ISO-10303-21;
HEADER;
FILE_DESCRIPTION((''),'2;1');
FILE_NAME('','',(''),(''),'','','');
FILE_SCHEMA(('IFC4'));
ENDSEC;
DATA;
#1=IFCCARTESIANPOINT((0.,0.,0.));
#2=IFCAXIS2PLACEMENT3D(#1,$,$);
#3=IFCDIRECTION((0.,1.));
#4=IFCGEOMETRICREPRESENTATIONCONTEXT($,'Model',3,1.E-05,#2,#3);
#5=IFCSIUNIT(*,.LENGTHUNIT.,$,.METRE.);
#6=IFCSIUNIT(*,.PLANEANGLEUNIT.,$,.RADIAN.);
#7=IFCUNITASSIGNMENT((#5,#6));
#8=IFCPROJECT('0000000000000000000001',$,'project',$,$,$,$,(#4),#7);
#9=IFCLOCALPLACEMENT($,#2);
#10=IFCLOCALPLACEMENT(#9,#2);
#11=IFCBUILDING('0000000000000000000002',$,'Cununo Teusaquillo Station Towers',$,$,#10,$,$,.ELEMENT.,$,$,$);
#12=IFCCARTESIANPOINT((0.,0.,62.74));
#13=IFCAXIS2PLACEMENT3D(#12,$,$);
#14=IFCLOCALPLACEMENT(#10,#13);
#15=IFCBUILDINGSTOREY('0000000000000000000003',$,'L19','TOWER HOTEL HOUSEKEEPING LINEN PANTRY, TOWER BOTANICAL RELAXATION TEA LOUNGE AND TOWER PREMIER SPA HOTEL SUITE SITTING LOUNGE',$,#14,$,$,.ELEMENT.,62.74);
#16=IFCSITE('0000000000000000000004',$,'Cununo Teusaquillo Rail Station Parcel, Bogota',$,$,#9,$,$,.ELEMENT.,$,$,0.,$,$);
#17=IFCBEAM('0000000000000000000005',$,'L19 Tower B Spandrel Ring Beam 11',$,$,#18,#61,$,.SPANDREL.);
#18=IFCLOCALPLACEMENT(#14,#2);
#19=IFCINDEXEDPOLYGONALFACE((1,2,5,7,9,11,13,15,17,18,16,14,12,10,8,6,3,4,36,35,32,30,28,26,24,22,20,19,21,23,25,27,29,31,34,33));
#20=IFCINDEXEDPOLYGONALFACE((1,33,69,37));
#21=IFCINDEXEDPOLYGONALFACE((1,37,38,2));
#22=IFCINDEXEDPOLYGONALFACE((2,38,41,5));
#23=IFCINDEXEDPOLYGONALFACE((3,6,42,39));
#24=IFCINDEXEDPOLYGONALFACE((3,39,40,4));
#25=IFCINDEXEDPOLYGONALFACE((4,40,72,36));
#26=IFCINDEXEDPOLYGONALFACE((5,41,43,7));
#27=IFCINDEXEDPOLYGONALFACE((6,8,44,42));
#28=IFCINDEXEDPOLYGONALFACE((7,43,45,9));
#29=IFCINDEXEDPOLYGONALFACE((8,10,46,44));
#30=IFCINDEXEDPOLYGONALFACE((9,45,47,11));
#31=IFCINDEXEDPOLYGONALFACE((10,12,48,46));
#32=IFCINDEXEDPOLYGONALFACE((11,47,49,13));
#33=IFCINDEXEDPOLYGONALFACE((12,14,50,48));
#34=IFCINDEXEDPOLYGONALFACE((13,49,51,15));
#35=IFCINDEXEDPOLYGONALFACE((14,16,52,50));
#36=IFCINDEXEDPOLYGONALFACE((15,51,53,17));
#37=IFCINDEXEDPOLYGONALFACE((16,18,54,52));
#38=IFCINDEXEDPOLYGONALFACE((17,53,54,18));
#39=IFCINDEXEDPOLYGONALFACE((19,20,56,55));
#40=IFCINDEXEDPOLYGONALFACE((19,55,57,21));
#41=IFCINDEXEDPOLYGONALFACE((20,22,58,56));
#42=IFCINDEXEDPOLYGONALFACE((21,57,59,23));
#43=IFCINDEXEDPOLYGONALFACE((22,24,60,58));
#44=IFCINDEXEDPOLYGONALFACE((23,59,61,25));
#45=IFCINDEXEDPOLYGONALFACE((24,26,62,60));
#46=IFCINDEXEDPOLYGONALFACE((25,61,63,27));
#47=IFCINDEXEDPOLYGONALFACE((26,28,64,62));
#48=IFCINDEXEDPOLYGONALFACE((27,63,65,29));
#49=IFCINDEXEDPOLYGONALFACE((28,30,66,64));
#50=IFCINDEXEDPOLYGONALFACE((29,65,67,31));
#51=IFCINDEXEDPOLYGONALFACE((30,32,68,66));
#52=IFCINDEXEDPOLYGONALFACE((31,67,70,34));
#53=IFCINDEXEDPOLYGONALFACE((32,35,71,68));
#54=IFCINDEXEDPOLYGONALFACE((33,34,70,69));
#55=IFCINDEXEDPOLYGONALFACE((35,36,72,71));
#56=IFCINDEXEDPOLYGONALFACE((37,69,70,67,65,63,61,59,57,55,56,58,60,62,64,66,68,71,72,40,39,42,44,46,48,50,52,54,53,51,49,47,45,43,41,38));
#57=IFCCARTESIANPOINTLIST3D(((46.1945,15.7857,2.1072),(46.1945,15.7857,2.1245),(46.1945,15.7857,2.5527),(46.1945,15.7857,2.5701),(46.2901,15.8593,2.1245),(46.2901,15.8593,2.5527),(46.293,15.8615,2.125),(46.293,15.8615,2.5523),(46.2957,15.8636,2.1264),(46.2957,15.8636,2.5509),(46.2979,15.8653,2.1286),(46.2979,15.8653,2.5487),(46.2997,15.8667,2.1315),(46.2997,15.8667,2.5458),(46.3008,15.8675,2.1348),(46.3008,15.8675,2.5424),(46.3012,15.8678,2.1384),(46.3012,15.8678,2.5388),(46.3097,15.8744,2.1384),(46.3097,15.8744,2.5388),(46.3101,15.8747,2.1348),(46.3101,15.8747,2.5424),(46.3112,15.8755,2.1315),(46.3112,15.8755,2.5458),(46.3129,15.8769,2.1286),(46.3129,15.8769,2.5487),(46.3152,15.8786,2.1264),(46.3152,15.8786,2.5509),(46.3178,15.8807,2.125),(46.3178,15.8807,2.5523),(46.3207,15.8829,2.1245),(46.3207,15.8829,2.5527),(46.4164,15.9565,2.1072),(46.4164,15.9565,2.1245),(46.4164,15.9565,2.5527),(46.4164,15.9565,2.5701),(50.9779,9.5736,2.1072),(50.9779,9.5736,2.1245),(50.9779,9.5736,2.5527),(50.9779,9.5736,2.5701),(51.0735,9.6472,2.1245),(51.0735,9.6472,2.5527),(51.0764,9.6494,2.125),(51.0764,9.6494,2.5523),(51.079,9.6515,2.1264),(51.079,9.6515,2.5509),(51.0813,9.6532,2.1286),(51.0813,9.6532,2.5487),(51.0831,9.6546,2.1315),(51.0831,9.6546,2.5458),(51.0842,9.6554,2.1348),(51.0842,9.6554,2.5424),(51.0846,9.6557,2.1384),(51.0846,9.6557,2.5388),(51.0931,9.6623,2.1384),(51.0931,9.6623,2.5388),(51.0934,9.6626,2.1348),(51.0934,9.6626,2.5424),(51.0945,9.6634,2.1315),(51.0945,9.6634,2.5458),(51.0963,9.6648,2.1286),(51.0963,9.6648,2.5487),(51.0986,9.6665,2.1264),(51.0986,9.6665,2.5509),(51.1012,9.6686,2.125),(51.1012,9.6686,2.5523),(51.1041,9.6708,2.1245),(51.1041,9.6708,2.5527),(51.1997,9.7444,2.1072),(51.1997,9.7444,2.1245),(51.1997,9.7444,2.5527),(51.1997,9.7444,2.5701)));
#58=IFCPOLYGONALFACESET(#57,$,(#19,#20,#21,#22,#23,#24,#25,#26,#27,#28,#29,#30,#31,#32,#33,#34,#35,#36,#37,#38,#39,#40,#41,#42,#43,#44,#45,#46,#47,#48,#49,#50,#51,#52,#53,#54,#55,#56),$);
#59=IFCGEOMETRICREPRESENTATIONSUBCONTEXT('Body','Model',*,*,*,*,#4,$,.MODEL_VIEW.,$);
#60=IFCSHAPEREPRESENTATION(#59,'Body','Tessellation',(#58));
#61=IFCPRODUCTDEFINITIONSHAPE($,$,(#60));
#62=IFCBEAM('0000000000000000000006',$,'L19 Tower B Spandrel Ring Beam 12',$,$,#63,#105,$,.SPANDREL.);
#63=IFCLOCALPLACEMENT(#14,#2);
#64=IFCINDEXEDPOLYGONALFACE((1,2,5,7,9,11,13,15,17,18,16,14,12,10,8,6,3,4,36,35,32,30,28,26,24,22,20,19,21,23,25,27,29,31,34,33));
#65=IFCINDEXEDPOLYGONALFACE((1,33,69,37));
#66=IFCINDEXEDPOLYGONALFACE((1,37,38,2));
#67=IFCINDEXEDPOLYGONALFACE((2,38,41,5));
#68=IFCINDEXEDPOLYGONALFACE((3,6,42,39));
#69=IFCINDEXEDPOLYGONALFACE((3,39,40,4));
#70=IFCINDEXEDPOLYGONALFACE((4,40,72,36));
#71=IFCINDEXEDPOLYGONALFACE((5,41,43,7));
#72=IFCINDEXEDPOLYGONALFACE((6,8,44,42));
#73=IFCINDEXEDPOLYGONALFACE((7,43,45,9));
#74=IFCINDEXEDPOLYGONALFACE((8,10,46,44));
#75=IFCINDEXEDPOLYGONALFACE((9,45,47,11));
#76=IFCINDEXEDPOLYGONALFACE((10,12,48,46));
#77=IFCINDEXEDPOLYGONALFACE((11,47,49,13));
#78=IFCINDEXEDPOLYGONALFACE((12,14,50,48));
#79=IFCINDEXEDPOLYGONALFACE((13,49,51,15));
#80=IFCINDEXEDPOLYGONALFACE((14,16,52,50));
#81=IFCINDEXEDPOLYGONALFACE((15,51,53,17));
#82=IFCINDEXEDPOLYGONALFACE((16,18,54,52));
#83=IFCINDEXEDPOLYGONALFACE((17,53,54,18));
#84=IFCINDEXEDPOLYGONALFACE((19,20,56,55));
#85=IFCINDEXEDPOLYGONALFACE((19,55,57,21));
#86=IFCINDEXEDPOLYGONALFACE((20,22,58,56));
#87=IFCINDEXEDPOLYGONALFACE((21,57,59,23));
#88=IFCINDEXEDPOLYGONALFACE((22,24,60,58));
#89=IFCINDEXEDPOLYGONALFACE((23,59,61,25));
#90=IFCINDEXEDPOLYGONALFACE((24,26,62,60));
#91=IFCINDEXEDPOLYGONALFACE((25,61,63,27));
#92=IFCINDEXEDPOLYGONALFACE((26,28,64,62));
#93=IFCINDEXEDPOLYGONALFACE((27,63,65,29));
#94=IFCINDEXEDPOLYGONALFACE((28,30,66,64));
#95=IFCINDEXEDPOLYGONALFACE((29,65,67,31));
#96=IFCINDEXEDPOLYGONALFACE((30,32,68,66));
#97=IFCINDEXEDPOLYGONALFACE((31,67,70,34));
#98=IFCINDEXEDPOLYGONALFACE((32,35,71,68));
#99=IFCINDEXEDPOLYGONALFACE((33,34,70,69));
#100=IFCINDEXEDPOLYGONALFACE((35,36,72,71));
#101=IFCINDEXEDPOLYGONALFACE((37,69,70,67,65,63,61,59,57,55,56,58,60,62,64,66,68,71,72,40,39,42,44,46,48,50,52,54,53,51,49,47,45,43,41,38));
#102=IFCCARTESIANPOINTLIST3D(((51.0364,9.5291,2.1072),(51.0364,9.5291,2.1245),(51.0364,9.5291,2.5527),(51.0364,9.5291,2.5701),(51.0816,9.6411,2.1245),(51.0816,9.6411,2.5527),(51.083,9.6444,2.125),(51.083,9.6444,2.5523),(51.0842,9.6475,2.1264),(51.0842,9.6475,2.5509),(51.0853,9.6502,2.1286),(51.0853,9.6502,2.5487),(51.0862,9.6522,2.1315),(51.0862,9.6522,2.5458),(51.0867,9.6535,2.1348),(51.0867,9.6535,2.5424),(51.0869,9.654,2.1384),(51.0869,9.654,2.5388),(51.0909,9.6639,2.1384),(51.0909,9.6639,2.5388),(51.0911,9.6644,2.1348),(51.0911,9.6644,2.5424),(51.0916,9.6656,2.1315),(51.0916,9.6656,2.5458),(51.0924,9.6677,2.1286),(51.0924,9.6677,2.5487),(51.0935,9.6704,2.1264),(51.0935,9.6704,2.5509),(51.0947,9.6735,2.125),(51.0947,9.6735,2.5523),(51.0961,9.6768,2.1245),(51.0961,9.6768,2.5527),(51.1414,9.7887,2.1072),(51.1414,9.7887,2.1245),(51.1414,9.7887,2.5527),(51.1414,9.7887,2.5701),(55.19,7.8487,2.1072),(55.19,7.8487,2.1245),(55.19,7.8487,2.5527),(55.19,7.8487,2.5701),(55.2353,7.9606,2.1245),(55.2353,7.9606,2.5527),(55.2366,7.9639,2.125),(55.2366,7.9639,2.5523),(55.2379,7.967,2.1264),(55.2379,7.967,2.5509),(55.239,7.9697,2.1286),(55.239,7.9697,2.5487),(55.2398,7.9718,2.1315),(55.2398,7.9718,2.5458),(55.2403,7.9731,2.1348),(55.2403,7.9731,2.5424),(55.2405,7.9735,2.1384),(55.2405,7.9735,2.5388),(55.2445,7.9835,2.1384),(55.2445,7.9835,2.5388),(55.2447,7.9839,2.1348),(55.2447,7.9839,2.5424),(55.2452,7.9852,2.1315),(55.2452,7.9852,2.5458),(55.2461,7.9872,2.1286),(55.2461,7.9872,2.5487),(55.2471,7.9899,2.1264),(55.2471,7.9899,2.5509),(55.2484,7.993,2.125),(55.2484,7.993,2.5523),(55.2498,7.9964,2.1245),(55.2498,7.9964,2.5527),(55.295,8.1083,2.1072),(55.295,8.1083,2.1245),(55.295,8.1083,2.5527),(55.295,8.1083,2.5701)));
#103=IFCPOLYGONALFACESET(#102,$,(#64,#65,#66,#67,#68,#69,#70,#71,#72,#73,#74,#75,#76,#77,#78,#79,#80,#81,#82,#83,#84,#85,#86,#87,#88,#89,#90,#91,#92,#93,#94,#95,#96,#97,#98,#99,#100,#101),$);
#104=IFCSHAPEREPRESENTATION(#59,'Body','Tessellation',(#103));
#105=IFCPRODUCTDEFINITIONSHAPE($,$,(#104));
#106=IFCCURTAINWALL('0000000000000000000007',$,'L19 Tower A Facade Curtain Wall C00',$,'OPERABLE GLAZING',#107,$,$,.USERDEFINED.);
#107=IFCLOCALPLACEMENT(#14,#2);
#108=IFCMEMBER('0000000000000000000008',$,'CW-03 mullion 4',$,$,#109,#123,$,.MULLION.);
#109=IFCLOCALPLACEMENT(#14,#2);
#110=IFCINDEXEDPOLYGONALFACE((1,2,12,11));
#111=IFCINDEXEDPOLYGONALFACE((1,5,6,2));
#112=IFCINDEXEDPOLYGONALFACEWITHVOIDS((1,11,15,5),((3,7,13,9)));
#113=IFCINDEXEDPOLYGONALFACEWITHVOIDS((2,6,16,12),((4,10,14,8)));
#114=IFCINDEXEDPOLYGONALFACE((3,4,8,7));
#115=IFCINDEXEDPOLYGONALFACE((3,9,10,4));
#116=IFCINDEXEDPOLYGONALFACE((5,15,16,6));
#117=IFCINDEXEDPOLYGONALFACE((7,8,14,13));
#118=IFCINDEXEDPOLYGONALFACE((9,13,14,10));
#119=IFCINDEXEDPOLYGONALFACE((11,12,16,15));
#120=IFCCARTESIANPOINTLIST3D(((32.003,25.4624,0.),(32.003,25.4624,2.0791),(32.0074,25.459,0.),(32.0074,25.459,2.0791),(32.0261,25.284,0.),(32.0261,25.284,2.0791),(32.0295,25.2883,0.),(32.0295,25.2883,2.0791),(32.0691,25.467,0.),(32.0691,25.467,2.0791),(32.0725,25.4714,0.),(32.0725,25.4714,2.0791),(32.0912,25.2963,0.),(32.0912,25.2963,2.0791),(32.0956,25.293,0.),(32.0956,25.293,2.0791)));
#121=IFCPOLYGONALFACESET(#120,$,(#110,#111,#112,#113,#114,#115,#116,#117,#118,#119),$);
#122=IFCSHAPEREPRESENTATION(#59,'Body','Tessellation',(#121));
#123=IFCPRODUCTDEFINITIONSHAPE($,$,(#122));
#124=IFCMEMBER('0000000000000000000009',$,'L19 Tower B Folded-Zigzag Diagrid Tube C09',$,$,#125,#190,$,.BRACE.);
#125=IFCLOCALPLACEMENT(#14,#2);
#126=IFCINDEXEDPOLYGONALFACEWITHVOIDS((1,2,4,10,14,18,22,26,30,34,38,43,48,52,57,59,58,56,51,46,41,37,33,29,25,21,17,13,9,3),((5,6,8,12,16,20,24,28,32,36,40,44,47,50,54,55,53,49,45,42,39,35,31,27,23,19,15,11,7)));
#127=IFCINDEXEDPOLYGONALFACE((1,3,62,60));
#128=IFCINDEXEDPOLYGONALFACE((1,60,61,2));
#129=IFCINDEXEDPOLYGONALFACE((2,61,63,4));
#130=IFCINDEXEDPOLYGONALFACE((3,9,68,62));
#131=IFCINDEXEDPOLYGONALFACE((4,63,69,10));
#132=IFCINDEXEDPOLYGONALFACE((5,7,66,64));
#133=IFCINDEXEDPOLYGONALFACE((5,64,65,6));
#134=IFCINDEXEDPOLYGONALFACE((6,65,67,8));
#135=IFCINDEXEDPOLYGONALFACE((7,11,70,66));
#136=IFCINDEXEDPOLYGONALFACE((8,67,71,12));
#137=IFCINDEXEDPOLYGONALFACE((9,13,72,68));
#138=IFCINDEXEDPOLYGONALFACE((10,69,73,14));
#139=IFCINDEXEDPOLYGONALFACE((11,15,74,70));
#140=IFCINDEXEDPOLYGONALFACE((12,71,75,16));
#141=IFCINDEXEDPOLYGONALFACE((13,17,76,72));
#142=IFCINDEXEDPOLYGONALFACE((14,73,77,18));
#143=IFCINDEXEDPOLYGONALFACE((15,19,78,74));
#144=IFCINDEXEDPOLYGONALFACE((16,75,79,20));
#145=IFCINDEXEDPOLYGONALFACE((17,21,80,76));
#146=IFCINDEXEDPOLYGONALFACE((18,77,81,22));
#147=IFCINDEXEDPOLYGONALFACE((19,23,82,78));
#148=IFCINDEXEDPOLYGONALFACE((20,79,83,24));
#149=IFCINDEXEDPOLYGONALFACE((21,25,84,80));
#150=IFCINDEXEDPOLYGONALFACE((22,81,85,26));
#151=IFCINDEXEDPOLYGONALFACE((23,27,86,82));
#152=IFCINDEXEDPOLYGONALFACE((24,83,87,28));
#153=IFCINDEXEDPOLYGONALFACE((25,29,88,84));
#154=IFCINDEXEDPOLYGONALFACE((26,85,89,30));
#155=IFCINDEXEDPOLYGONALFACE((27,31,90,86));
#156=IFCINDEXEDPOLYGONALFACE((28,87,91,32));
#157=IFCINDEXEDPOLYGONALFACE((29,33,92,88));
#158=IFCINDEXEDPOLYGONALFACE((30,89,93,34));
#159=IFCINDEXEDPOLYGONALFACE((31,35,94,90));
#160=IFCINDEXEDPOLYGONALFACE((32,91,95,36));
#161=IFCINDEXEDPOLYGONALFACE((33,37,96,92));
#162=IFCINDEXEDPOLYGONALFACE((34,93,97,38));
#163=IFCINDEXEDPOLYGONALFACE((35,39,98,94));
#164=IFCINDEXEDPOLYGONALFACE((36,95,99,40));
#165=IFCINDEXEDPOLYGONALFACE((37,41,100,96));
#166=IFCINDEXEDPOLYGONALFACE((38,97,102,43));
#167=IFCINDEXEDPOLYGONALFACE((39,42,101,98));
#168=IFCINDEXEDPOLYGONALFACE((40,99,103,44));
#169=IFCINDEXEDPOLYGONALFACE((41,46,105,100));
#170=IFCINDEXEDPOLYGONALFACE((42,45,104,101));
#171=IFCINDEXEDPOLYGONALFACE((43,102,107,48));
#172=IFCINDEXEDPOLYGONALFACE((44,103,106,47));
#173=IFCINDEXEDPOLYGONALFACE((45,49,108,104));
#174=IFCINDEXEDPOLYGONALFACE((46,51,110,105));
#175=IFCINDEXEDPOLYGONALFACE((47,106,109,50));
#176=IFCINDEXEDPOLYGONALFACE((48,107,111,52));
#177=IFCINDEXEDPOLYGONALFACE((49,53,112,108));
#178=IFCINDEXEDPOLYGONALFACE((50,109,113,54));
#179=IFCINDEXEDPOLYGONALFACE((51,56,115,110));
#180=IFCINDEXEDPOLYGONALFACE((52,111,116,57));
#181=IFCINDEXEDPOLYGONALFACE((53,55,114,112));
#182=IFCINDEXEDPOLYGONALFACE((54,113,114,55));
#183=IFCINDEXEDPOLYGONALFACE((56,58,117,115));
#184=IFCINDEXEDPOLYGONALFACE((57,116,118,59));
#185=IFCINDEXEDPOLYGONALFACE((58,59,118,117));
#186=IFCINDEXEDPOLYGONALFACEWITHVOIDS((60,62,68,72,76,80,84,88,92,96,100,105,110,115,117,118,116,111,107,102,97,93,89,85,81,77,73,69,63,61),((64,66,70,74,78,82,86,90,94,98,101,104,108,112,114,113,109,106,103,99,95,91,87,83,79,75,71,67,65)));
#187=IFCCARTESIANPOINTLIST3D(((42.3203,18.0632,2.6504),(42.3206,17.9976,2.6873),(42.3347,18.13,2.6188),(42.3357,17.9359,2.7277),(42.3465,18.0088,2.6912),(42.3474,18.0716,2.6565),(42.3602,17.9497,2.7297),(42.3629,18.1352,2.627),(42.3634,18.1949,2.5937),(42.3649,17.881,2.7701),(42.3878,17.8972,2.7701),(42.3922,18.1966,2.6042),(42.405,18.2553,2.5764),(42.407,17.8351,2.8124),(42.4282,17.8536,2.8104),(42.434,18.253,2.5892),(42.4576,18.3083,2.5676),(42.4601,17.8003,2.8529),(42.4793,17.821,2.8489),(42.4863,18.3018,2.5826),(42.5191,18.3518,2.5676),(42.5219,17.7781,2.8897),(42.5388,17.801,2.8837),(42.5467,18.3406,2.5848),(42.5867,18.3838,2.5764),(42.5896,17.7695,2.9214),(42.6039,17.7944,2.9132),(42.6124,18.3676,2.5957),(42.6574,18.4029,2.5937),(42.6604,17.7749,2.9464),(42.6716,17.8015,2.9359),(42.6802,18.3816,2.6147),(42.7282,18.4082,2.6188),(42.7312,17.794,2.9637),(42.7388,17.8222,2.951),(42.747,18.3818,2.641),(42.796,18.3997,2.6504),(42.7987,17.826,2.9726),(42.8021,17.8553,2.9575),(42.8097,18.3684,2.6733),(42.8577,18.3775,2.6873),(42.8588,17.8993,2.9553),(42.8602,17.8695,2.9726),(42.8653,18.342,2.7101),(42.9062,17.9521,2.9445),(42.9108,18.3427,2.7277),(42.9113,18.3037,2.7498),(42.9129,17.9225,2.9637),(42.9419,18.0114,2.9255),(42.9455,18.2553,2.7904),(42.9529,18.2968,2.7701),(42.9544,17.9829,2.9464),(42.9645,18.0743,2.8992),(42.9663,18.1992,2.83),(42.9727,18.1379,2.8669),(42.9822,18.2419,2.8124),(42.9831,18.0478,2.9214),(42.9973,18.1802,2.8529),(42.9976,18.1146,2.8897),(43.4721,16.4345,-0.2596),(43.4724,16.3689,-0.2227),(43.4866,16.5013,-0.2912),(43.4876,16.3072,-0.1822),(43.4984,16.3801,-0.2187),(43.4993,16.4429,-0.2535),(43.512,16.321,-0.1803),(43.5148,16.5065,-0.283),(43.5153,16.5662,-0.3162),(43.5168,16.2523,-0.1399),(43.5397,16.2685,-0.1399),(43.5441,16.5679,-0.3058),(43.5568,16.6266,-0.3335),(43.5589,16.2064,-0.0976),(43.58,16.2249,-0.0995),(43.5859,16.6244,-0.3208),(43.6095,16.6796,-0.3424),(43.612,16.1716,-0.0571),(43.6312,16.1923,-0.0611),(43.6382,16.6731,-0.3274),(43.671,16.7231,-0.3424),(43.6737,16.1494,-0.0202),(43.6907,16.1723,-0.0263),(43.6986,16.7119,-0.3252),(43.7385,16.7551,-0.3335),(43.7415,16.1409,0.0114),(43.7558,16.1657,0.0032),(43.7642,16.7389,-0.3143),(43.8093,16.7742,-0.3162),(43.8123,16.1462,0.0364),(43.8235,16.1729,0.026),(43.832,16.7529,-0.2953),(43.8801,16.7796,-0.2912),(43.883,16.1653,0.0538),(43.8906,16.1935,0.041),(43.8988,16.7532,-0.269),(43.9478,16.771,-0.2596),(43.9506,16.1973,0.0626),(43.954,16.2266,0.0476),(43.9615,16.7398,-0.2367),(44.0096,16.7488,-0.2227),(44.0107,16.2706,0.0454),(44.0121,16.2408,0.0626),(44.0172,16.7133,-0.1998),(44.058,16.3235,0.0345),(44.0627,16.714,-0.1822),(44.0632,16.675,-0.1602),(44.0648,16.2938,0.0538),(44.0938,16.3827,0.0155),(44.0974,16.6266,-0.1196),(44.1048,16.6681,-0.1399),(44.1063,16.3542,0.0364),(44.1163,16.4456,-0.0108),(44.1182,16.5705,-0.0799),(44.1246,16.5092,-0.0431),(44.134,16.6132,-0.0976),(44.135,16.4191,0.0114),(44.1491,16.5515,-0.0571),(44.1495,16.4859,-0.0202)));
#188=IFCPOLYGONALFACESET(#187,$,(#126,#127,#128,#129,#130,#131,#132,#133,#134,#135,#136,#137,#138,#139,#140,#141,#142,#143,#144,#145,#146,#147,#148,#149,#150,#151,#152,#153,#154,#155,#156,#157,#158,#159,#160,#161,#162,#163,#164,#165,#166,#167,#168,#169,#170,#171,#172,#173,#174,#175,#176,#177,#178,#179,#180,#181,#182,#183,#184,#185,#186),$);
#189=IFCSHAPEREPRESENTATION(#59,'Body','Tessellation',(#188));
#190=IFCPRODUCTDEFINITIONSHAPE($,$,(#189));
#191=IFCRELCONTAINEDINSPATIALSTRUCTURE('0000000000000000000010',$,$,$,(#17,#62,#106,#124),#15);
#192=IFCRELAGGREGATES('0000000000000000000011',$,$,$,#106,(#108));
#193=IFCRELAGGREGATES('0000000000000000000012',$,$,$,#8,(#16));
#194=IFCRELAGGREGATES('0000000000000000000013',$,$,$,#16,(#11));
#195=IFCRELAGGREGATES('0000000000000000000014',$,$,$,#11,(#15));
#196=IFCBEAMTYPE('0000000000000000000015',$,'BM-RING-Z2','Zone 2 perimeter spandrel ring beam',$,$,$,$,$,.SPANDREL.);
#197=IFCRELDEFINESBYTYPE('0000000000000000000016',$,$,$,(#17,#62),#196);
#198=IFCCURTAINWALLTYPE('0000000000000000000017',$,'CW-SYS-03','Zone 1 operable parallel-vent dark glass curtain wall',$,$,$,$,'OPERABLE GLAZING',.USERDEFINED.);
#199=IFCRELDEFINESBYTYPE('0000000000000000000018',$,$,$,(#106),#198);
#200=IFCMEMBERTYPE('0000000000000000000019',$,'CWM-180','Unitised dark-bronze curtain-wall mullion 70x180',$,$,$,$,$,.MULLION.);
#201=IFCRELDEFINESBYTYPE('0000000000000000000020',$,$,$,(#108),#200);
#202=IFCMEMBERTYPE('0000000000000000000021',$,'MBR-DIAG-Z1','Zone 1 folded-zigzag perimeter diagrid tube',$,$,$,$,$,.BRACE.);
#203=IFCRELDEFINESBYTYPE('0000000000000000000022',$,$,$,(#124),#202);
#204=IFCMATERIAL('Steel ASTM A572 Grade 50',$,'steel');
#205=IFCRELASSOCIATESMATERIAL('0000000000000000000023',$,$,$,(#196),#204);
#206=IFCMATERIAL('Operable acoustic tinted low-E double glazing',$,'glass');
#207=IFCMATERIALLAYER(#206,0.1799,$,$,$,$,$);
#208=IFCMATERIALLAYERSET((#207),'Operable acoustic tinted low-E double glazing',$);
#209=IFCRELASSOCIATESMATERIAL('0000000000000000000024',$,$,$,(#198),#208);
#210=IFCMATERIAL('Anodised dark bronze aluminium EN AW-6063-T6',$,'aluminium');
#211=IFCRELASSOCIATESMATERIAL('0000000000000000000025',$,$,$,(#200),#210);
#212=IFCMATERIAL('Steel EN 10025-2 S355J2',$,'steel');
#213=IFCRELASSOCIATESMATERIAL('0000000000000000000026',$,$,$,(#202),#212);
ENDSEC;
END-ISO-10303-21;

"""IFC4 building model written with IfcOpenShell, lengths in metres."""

from ifc_helpers import new_model, si_unit, direction, frame, origin, origin_2d, place, context, subcontext, project, spatial, hollow_rectangle, hollow_circle, i_section, extrude, material, layer, layer_set, material_profile, profile_set, type_object, element, aggregate, save


model = new_model("IFC4")

# Units and contexts
model_context = context("Model", 3, precision=1e-05, world=origin(), true_north=direction((0.0, 1.0)))
body_context = subcontext(model_context, "Body", "Model", "MODEL_VIEW")
ifc_project = project(units=[si_unit("LENGTHUNIT", "METRE"), si_unit("PLANEANGLEUNIT", "RADIAN")], contexts=[model_context])

# Site, building, storey
site_placement = place(None, origin())
site = spatial("IfcSite", under=ifc_project, at=site_placement, Name="Cununo Teusaquillo Rail Station Parcel, Bogota", CompositionType="ELEMENT", RefElevation=0.0)
building_placement = place(site_placement, origin())
building = spatial("IfcBuilding", under=site, at=building_placement, Name="Cununo Teusaquillo Station Towers", CompositionType="ELEMENT")
storey_placement = place(building_placement, frame((0.0, 0.0, 62.74)))
storey = spatial("IfcBuildingStorey", under=building, at=storey_placement, Name="L19", Description="TOWER HOTEL HOUSEKEEPING LINEN PANTRY, TOWER BOTANICAL RELAXATION TEA LOUNGE AND TOWER PREMIER SPA HOTEL SUITE SITTING LOUNGE", CompositionType="ELEMENT", Elevation=62.74)

# Beams
ifc_material_1 = material(Name="Steel ASTM A572 Grade 50", Category="steel")
ifc_material_profile_1 = material_profile(ifc_material_1, i_section(OverallWidth=0.28, OverallDepth=0.4629, WebThickness=0.0107, FlangeThickness=0.0173, FilletRadius=0.0139, at=origin_2d()), Name="W18X76")
ifc_profile_set_1 = profile_set([ifc_material_profile_1], Name="Steel ASTM A572 Grade 50")
beam_type_1 = type_object("IfcBeamType", Name="BM-RING-Z2", Description="Zone 2 perimeter spandrel ring beam", PredefinedType="SPANDREL", material=ifc_profile_set_1)
beam_1_placement = place(storey_placement, frame((46.3054, 15.8711, 2.3386), z_axis=(0.6101, -0.792324, 0.0), x_axis=(0.792324, 0.6101, 0.0)))
element("IfcBeam", 1, at=beam_1_placement, inside=storey, type_object=beam_type_1, Name="L19 Tower B Spandrel Ring Beam 11", PredefinedType="SPANDREL", context=body_context, shape_type="SweptSolid", body=[
    extrude(i_section(OverallWidth=0.28, OverallDepth=0.4629, WebThickness=0.0107, FlangeThickness=0.0173, FilletRadius=0.0139, at=origin_2d()), origin(), (0.0, 0.0, 1.0), 7.8403),
])
beam_2_placement = place(storey_placement, frame((51.0889, 9.6589, 2.3386), z_axis=(0.927008, -0.375042, 0.0), x_axis=(0.375042, 0.927008, 0.0)))
element("IfcBeam", 2, at=beam_2_placement, inside=storey, type_object=beam_type_1, Name="L19 Tower B Spandrel Ring Beam 12", PredefinedType="SPANDREL", context=body_context, shape_type="SweptSolid", body=[
    extrude(i_section(OverallWidth=0.28, OverallDepth=0.4629, WebThickness=0.0107, FlangeThickness=0.0173, FilletRadius=0.0139, at=origin_2d()), origin(), (0.0, 0.0, 1.0), 4.4807),
])

# Curtain wall, member
ifc_material_2 = material(Name="Operable acoustic tinted low-E double glazing", Category="glass")
ifc_layer_1 = layer(ifc_material_2, 0.1799)
ifc_layer_set_1 = layer_set([ifc_layer_1], Name="Operable acoustic tinted low-E double glazing")
curtain_wall_type = type_object("IfcCurtainWallType", Name="CW-SYS-03", Description="Zone 1 operable parallel-vent dark glass curtain wall", ElementType="OPERABLE GLAZING", PredefinedType="USERDEFINED", material=ifc_layer_set_1)
curtain_wall_placement = place(storey_placement, origin())
curtain_wall = element("IfcCurtainWall", 3, at=curtain_wall_placement, inside=storey, type_object=curtain_wall_type, Name="L19 Tower A Facade Curtain Wall C00", ObjectType="OPERABLE GLAZING", PredefinedType="USERDEFINED")
ifc_material_3 = material(Name="Anodised dark bronze aluminium EN AW-6063-T6", Category="aluminium")
ifc_material_profile_2 = material_profile(ifc_material_3, hollow_rectangle(XDim=0.0701, YDim=0.1799, WallThickness=0.0039, at=origin_2d()), Name="CW-MULL-70x180")
ifc_profile_set_2 = profile_set([ifc_material_profile_2], Name="Anodised dark bronze aluminium EN AW-6063-T6")
member_type_1 = type_object("IfcMemberType", Name="CWM-180", Description="Unitised dark-bronze curtain-wall mullion 70x180", PredefinedType="MULLION", material=ifc_profile_set_2)
member_1_placement = place(storey_placement, frame((32.0493, 25.3777, 0.0), z_axis=(0.0, 0.0, 1.0), x_axis=(0.991731, 0.128336, 0.0)))
member_1 = element("IfcMember", 4, at=member_1_placement, type_object=member_type_1, Name="CW-03 mullion 4", PredefinedType="MULLION", context=body_context, shape_type="SweptSolid", body=[
    extrude(hollow_rectangle(XDim=0.0701, YDim=0.1799, WallThickness=0.0039, at=origin_2d()), origin(), (0.0, 0.0, 1.0), 2.0791),
])
aggregate(curtain_wall, [member_1])

# Member
ifc_material_4 = material(Name="Steel EN 10025-2 S355J2", Category="steel")
ifc_material_profile_3 = material_profile(ifc_material_4, hollow_circle(Radius=0.3601, WallThickness=0.0281, at=origin_2d()), Name="CHS 720x28")
ifc_profile_set_3 = profile_set([ifc_material_profile_3], Name="Steel EN 10025-2 S355J2")
member_type_2 = type_object("IfcMemberType", Name="MBR-DIAG-Z1", Description="Zone 1 folded-zigzag perimeter diagrid tube", PredefinedType="BRACE", material=ifc_profile_set_3)
member_2_placement = place(storey_placement, frame((43.8108, 16.4602, -0.1399), z_axis=(-0.326488, 0.461637, 0.824801), x_axis=(-0.816445, -0.577423, 0.0)))
element("IfcMember", 5, at=member_2_placement, inside=storey, type_object=member_type_2, Name="L19 Tower B Folded-Zigzag Diagrid Tube C09", PredefinedType="BRACE", context=body_context, shape_type="SweptSolid", body=[
    extrude(hollow_circle(Radius=0.3601, WallThickness=0.0281, at=origin_2d()), origin(), (0.0, 0.0, 1.0), 3.5281),
])

save(model, "model.ifc")
